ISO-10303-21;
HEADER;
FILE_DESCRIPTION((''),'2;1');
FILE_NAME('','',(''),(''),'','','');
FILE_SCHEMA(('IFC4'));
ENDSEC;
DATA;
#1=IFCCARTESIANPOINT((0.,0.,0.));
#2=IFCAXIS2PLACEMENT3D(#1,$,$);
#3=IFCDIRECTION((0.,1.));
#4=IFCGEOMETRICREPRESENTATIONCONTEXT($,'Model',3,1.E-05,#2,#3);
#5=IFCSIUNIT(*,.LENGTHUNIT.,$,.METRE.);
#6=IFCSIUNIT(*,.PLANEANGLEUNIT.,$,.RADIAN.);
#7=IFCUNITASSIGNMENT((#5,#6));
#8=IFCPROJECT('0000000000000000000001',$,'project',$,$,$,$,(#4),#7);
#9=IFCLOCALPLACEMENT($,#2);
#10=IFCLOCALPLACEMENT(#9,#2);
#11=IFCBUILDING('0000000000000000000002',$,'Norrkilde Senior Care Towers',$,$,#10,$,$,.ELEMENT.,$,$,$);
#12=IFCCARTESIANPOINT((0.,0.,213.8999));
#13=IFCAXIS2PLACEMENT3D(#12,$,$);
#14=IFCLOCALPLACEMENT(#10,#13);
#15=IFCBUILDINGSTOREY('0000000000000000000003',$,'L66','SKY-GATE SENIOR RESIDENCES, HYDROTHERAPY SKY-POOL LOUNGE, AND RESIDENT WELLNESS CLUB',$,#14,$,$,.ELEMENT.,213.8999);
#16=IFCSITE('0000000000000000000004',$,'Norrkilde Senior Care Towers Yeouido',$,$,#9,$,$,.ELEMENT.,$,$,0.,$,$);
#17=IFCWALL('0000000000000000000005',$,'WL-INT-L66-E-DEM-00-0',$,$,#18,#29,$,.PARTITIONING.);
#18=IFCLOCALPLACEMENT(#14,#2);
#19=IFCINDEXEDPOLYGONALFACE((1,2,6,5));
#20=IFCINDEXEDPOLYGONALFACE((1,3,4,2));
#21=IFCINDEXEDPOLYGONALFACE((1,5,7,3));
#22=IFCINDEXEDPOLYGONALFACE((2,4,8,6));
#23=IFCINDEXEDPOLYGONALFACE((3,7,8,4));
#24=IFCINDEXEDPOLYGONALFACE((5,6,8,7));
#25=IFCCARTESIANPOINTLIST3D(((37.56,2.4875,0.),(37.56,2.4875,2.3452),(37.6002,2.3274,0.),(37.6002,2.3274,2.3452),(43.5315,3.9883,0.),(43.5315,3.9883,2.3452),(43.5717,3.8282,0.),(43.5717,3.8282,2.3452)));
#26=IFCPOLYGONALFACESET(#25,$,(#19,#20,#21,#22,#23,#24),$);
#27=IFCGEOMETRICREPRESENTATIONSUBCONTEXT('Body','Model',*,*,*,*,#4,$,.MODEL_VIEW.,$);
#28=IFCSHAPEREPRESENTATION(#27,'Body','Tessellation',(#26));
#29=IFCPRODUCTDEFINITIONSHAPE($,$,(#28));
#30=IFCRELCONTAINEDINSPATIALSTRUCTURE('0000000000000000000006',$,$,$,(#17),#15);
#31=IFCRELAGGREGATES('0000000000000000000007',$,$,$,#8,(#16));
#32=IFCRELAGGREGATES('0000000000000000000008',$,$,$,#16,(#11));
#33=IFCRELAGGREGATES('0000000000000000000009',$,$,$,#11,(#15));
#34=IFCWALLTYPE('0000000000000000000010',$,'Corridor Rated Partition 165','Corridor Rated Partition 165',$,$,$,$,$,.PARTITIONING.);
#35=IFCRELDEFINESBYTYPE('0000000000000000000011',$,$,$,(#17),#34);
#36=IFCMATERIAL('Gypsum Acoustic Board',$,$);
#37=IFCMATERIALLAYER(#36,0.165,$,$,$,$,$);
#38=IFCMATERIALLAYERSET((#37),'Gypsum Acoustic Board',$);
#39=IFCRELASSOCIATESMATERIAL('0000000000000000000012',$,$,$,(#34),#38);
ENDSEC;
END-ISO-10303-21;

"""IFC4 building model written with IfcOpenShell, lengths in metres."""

from ifc_helpers import new_model, si_unit, direction, frame, frame_2d, origin, place, context, subcontext, project, spatial, rectangle, extrude, source, transform, mapped, material, layer, layer_set, type_object, element, save


model = new_model("IFC4")

# Units and contexts
model_context = context("Model", 3, precision=1e-05, world=origin(), true_north=direction((0.0, 1.0)))
body_context = subcontext(model_context, "Body", "Model", "MODEL_VIEW")
ifc_project = project(units=[si_unit("LENGTHUNIT", "METRE"), si_unit("PLANEANGLEUNIT", "RADIAN")], contexts=[model_context])

# Site, building, storey
site_placement = place(None, origin())
site = spatial("IfcSite", under=ifc_project, at=site_placement, Name="Norrkilde Senior Care Towers Yeouido", CompositionType="ELEMENT", RefElevation=0.0)
building_placement = place(site_placement, origin())
building = spatial("IfcBuilding", under=site, at=building_placement, Name="Norrkilde Senior Care Towers", CompositionType="ELEMENT")
storey_placement = place(building_placement, frame((0.0, 0.0, 213.8999)))
storey = spatial("IfcBuildingStorey", under=building, at=storey_placement, Name="L66", Description="SKY-GATE SENIOR RESIDENCES, HYDROTHERAPY SKY-POOL LOUNGE, AND RESIDENT WELLNESS CLUB", CompositionType="ELEMENT", Elevation=213.8999)

# Shared definitions
ifc_material_1 = material(Name="Gypsum Acoustic Board")
ifc_layer_1 = layer(ifc_material_1, 0.165)
ifc_layer_set_1 = layer_set([ifc_layer_1], Name="Gypsum Acoustic Board")
wall_type_1 = type_object("IfcWallType", Name="Corridor Rated Partition 165", Description="Corridor Rated Partition 165", PredefinedType="PARTITIONING", material=ifc_layer_set_1)

# Wall
shared_shape_1 = source(origin(), body_context, "Body", "SweptSolid", [
    extrude(rectangle(XDim=6.1572, YDim=0.165, at=frame_2d((3.0786, 0.0))), origin(), (0.0, 0.0, 1.0), 2.3452),
])
wall_1_placement = place(storey_placement, frame((37.5801, 2.4075, 0.0), z_axis=(0.0, 0.0, 1.0), x_axis=(0.969841, 0.243739, 0.0)))
element("IfcWall", 1, at=wall_1_placement, inside=storey, type_object=wall_type_1, Name="WL-INT-L66-E-DEM-00-0", PredefinedType="PARTITIONING", context=body_context, shape_type="MappedRepresentation", body=[
    mapped(shared_shape_1, transform((0.0, 0.0, 0.0), x_axis=(1.0, 0.0, 0.0), y_axis=(0.0, 1.0, 0.0), z_axis=(0.0, 0.0, 1.0), scale=1.0)),
])

save(model, "model.ifc")
